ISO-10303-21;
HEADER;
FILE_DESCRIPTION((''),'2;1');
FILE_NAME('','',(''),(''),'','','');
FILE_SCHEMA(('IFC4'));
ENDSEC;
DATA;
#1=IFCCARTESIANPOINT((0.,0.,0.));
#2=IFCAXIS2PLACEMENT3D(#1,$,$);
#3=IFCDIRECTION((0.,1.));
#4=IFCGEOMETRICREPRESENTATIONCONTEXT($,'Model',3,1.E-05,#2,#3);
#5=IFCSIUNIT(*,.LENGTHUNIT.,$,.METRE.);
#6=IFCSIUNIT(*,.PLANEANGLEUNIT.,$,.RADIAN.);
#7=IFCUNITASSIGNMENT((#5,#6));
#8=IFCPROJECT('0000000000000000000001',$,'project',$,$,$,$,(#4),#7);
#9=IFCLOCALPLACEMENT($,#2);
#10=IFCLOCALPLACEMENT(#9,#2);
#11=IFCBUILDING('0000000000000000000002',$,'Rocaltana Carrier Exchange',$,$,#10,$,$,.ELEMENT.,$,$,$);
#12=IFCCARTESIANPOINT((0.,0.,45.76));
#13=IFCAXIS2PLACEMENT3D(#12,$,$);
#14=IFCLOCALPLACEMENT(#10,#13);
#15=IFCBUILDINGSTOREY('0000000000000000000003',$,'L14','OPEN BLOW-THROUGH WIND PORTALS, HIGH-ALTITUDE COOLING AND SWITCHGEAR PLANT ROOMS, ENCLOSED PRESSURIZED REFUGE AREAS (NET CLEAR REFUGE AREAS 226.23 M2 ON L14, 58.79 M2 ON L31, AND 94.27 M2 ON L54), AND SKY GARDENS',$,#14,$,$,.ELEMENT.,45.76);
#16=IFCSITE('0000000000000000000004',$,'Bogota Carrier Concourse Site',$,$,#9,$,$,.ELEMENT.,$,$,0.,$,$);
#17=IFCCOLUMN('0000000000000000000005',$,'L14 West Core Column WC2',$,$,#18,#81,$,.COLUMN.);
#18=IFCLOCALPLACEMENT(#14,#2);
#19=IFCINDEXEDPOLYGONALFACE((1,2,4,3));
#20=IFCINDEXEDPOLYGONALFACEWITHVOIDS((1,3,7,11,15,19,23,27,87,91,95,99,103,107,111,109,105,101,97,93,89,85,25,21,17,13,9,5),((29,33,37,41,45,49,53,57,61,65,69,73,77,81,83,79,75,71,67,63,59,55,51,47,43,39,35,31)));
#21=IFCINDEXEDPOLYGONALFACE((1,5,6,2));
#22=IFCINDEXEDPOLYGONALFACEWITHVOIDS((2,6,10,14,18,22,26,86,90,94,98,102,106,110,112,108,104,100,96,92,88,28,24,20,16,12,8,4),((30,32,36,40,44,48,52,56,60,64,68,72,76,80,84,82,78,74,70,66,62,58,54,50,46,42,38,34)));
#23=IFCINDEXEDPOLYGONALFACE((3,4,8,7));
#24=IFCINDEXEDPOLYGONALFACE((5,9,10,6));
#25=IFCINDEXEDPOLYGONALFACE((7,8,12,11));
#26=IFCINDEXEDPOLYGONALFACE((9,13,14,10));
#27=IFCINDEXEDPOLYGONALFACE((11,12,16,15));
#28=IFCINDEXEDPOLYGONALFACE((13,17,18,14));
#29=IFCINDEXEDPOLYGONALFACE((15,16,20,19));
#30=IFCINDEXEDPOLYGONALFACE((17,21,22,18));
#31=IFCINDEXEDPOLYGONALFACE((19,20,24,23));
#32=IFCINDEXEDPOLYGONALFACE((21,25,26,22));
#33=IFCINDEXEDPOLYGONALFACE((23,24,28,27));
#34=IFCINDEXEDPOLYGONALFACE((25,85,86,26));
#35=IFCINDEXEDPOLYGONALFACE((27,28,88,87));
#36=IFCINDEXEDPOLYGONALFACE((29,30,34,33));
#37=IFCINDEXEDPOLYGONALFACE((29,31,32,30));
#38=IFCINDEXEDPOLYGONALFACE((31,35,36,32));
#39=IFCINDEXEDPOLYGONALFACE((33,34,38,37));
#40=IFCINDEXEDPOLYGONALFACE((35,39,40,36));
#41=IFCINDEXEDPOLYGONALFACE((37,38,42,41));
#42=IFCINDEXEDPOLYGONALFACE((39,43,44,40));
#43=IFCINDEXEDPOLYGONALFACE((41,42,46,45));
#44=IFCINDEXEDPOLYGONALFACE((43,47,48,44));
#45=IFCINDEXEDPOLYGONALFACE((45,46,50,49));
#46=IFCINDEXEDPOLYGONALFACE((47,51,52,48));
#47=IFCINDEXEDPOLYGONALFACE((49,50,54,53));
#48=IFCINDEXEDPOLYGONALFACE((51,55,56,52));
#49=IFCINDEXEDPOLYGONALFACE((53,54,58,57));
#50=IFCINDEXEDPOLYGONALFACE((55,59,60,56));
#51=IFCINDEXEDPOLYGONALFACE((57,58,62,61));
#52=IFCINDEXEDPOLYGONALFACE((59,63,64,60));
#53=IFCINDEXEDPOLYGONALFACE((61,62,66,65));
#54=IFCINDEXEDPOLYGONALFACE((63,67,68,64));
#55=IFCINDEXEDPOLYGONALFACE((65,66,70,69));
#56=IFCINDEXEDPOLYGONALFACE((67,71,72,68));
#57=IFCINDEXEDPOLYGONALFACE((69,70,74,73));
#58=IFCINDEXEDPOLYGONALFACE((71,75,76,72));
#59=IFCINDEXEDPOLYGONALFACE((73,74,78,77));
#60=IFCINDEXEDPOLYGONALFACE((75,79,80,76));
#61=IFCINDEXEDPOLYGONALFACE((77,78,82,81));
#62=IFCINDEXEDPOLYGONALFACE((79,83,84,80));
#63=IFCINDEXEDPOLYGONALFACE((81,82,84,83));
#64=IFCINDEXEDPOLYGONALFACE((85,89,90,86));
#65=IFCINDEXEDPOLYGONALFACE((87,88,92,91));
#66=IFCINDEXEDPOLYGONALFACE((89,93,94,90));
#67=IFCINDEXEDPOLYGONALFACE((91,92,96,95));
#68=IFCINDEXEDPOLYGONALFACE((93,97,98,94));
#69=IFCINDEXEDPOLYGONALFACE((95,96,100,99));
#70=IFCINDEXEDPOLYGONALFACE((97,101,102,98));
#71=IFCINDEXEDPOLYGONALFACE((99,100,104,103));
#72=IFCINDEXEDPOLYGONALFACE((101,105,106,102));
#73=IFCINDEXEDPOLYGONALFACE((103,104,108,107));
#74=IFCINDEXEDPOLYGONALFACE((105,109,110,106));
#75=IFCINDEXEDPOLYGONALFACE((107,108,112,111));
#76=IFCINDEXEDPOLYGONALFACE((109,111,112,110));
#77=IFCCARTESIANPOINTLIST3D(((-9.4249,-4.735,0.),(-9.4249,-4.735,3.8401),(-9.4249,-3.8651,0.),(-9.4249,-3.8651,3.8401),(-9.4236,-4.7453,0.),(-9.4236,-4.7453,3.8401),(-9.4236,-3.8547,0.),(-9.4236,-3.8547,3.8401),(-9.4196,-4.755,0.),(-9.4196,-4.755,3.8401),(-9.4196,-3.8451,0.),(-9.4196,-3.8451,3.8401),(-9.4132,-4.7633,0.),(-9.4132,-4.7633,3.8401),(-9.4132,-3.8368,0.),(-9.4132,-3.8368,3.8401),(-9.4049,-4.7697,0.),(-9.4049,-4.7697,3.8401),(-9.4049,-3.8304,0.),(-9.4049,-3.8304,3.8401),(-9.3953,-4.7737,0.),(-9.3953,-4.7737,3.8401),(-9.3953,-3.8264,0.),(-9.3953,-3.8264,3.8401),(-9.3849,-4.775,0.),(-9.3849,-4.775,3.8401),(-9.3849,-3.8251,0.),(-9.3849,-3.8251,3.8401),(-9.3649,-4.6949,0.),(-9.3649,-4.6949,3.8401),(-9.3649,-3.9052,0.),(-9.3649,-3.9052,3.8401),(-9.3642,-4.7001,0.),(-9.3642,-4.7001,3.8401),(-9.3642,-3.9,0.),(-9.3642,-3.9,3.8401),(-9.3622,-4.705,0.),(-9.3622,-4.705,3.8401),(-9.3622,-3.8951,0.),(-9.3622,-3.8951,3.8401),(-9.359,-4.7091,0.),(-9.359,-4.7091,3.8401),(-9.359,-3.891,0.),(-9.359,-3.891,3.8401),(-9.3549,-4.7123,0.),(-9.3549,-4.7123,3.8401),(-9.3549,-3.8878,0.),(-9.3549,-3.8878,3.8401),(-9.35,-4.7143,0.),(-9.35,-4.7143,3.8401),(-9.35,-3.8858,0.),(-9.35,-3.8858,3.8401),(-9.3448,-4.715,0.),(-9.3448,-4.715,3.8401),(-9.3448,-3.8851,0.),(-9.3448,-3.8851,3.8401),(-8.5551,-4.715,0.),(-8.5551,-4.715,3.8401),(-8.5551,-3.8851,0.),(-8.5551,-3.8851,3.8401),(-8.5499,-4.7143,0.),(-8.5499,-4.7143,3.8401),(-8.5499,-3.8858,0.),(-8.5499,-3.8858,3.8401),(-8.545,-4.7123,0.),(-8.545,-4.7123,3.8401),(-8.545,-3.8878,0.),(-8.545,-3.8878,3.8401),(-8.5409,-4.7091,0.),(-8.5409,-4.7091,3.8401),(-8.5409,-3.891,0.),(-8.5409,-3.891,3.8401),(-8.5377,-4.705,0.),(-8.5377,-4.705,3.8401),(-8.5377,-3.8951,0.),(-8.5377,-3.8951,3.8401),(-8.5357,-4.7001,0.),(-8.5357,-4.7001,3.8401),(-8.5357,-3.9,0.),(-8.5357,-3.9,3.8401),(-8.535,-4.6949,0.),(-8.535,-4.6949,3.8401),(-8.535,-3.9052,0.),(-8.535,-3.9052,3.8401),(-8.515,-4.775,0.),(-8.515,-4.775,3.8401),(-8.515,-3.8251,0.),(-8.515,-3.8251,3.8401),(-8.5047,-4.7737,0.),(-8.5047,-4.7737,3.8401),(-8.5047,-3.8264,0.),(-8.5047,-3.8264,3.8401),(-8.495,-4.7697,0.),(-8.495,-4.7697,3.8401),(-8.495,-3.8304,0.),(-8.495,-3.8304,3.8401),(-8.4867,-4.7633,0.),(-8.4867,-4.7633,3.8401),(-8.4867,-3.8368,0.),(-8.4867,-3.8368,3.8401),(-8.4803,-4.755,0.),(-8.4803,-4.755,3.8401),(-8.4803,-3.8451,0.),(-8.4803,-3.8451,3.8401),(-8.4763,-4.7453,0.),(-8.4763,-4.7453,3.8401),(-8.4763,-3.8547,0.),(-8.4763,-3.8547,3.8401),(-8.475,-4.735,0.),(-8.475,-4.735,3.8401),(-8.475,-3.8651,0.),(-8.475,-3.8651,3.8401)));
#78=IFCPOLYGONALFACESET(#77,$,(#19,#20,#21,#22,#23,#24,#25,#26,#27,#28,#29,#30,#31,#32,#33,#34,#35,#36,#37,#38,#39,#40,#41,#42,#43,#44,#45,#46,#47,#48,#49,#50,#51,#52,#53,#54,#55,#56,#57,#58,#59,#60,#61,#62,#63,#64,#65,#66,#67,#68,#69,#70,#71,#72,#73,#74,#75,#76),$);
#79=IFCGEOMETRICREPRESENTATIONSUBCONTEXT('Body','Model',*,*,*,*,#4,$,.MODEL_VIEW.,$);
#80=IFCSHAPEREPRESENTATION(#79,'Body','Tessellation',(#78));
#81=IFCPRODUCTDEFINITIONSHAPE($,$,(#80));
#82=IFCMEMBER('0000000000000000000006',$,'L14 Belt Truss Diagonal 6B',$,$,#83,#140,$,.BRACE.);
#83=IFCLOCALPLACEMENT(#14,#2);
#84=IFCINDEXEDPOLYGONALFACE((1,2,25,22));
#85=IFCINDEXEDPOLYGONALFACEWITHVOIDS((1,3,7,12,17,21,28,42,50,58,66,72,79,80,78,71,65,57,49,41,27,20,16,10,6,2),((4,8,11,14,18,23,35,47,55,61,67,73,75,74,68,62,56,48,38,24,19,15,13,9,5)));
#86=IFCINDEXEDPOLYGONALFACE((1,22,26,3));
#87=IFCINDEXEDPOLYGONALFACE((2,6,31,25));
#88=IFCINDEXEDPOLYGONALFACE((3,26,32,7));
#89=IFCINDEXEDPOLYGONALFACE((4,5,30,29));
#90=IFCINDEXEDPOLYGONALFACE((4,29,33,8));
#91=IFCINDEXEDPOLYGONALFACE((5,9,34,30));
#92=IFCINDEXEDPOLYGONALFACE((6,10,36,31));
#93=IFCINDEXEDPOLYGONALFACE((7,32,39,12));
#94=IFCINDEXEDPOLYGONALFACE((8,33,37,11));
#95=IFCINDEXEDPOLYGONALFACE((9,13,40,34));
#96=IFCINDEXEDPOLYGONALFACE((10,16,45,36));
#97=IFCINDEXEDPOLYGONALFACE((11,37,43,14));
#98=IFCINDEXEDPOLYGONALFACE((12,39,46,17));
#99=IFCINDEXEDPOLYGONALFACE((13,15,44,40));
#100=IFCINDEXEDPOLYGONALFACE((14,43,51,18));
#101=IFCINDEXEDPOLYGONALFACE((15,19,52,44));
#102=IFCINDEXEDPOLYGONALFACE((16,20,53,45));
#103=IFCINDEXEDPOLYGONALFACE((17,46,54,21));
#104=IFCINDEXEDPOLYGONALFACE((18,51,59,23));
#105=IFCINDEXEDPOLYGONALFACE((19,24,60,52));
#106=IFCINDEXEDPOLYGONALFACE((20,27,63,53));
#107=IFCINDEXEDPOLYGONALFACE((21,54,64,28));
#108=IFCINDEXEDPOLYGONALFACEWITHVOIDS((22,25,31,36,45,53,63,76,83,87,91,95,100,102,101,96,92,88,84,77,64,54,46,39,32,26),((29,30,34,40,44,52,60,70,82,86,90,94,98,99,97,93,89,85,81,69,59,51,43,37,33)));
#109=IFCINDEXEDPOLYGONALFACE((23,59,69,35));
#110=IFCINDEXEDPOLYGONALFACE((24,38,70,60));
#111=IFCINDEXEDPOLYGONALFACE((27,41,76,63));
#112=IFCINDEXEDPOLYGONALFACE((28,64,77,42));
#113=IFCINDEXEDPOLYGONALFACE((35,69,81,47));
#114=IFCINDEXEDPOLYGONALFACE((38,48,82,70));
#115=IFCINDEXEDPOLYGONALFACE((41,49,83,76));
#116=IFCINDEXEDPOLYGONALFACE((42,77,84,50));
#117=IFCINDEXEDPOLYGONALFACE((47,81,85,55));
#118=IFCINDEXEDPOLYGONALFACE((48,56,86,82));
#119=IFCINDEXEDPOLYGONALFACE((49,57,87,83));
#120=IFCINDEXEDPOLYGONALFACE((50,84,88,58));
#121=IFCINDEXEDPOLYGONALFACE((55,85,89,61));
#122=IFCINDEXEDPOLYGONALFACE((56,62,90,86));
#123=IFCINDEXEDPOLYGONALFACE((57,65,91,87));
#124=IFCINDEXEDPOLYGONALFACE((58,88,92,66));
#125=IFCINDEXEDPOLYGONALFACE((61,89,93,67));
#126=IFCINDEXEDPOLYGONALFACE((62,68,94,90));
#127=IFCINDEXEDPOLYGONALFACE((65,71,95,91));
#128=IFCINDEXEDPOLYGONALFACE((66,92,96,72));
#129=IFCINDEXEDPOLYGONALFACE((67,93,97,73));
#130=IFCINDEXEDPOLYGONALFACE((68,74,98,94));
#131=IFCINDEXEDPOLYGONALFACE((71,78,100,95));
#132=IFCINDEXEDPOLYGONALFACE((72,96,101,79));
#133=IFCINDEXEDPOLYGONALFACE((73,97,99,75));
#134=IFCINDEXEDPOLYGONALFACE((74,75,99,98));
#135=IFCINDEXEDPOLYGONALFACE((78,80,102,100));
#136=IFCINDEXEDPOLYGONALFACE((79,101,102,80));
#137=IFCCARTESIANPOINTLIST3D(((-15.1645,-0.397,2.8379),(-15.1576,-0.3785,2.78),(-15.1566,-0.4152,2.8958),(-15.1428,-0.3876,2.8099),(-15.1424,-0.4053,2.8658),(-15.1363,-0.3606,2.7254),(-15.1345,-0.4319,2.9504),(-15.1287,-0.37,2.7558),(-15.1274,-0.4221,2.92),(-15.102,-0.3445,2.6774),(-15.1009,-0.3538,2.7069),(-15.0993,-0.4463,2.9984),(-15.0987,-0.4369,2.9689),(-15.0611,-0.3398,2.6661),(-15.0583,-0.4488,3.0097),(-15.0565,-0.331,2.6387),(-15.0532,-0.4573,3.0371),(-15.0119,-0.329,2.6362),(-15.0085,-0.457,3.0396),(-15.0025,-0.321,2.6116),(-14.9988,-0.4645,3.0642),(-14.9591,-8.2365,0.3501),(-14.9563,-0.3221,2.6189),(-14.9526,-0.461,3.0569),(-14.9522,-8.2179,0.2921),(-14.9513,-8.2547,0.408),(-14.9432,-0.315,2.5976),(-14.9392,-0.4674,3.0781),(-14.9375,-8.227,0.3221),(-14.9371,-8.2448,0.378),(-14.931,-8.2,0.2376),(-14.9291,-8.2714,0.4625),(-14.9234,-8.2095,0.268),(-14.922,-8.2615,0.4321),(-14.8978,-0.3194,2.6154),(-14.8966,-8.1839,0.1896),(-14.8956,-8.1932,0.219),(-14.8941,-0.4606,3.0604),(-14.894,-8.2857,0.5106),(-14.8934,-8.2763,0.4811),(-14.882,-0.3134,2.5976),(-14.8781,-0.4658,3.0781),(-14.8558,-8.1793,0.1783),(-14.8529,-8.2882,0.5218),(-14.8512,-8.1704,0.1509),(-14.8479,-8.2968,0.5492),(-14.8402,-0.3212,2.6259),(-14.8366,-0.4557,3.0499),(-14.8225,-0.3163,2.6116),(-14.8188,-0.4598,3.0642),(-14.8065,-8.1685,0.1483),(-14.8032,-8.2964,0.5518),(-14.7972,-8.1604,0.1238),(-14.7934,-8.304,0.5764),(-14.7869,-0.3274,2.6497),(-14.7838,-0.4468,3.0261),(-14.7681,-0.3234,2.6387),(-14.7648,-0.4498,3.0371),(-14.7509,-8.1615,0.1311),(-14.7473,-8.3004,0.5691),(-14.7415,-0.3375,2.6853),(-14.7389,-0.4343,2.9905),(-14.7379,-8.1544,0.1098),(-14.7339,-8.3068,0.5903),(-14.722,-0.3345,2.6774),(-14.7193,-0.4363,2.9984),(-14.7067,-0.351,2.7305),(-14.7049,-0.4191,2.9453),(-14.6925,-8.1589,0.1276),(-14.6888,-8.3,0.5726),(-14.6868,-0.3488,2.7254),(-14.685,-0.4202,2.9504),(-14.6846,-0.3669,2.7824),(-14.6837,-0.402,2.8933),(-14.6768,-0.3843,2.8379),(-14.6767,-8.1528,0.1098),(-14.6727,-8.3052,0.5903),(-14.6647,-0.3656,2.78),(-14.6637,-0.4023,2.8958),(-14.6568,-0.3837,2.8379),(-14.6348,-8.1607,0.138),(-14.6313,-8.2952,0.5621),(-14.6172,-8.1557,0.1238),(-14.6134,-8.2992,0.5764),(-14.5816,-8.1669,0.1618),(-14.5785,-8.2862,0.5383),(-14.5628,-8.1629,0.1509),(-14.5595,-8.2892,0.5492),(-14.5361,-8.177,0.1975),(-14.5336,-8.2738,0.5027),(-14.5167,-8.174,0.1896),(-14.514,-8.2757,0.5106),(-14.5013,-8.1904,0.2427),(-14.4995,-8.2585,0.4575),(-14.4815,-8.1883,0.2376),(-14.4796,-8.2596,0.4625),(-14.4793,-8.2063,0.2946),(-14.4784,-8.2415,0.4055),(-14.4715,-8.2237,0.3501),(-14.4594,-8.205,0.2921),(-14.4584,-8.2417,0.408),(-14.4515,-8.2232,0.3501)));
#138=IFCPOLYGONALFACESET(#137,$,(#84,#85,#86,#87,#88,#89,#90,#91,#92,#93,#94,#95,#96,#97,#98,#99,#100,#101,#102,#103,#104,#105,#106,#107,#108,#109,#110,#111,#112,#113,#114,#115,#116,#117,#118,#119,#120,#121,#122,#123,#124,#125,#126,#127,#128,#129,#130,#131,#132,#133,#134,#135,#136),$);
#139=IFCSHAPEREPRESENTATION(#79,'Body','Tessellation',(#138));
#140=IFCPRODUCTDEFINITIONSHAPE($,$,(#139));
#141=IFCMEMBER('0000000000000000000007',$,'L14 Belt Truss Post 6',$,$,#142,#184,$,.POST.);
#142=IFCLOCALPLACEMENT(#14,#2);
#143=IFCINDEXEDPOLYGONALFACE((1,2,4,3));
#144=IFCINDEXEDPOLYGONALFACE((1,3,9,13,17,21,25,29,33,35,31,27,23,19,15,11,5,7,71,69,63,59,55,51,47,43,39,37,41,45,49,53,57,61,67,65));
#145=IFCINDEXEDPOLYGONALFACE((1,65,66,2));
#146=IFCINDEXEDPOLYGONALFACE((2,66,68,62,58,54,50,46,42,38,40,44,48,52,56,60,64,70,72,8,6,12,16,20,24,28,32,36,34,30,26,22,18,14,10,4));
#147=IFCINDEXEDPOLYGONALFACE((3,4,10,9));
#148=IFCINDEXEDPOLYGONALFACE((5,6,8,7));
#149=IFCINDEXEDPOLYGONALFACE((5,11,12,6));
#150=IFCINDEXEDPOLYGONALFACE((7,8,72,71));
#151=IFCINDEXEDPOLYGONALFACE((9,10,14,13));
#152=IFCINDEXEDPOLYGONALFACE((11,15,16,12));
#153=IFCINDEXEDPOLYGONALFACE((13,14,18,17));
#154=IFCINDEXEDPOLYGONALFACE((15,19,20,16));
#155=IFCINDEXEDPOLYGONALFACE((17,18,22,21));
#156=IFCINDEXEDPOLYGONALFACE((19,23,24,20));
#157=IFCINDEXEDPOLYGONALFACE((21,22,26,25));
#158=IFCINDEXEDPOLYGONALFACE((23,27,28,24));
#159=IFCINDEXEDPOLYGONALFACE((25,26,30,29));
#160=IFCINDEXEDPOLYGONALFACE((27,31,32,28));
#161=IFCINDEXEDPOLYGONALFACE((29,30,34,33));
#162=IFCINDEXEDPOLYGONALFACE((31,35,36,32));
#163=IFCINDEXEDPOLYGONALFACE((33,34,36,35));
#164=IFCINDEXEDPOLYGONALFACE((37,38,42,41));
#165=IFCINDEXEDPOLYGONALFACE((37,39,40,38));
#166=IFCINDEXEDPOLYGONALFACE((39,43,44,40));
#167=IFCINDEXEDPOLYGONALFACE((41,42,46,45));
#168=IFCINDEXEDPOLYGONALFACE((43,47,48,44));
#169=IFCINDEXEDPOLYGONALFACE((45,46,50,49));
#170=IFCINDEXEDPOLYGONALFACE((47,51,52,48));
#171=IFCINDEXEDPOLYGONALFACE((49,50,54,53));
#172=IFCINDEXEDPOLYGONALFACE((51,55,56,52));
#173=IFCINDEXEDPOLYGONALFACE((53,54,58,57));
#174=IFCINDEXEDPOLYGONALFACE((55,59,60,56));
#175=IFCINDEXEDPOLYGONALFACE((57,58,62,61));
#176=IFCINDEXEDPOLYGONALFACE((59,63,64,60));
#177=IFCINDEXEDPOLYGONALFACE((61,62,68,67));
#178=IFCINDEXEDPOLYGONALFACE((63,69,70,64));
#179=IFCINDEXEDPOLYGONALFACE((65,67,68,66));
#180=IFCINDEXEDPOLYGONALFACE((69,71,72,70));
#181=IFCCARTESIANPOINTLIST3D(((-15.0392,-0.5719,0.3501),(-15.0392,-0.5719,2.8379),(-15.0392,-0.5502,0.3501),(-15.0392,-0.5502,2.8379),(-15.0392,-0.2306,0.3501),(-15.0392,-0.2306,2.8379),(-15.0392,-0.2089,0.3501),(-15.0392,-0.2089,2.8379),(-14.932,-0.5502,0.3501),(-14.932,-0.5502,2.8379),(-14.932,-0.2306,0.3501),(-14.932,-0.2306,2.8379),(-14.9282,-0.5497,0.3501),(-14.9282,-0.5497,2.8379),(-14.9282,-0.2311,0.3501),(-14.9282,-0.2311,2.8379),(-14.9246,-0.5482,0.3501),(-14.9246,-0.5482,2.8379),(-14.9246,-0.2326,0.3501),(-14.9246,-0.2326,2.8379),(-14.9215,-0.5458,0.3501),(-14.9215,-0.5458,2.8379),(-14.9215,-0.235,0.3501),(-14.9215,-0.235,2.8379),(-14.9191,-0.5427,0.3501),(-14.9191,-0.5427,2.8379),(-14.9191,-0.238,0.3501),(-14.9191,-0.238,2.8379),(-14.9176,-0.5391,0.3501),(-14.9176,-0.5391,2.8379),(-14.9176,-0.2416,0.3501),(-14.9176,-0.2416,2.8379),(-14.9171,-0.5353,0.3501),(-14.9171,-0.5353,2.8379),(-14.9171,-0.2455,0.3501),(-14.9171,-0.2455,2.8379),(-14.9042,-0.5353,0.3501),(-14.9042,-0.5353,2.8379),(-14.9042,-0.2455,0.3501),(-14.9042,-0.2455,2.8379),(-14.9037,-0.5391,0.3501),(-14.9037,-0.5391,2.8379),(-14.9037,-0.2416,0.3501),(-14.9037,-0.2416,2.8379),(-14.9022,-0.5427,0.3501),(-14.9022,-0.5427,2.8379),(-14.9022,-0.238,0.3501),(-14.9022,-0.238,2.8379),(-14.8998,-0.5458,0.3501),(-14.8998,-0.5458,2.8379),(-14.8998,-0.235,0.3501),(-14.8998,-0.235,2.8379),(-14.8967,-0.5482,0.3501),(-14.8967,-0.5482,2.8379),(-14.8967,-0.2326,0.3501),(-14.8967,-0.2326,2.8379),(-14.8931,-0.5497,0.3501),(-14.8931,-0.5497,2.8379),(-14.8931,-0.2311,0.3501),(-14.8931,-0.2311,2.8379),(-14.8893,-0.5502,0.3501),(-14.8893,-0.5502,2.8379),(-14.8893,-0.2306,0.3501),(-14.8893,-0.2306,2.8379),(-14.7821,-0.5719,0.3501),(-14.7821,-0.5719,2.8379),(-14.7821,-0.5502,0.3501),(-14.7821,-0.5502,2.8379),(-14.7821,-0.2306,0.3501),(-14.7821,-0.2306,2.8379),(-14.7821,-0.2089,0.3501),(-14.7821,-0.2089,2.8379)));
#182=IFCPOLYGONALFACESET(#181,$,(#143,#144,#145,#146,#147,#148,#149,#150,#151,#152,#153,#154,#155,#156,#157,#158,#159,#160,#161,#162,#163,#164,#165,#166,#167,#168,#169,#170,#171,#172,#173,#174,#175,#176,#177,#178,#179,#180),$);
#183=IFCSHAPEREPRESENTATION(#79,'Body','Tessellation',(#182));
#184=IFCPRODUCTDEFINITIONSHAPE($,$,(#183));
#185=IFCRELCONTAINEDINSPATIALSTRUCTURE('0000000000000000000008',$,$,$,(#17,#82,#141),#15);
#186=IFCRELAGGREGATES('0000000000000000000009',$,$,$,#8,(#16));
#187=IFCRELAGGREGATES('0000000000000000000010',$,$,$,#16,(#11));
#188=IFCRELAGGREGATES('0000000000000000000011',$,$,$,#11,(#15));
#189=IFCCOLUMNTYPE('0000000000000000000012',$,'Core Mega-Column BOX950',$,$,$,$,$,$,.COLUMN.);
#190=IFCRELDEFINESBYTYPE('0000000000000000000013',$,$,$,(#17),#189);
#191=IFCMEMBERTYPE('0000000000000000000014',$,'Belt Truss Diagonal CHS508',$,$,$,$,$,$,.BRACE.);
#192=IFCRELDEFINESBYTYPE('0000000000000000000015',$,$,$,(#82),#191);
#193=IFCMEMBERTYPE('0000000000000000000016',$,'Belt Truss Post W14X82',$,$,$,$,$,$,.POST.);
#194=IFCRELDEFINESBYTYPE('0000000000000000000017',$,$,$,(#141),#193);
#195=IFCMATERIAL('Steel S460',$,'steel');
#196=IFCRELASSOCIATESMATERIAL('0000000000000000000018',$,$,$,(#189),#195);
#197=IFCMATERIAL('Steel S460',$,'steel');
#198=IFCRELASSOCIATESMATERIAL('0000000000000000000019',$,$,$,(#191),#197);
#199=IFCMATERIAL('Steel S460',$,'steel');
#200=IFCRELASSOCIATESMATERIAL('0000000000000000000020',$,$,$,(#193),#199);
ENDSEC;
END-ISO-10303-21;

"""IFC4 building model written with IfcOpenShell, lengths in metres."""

from ifc_helpers import new_model, si_unit, direction, frame, origin, origin_2d, place, context, subcontext, project, spatial, hollow_rectangle, hollow_circle, i_section, extrude, material, material_profile, profile_set, type_object, element, save


model = new_model("IFC4")

# Units and contexts
model_context = context("Model", 3, precision=1e-05, world=origin(), true_north=direction((0.0, 1.0)))
body_context = subcontext(model_context, "Body", "Model", "MODEL_VIEW")
ifc_project = project(units=[si_unit("LENGTHUNIT", "METRE"), si_unit("PLANEANGLEUNIT", "RADIAN")], contexts=[model_context])

# Site, building, storey
site_placement = place(None, origin())
site = spatial("IfcSite", under=ifc_project, at=site_placement, Name="Bogota Carrier Concourse Site", CompositionType="ELEMENT", RefElevation=0.0)
building_placement = place(site_placement, origin())
building = spatial("IfcBuilding", under=site, at=building_placement, Name="Rocaltana Carrier Exchange", CompositionType="ELEMENT")
storey_placement = place(building_placement, frame((0.0, 0.0, 45.76)))
storey = spatial("IfcBuildingStorey", under=building, at=storey_placement, Name="L14", Description="OPEN BLOW-THROUGH WIND PORTALS, HIGH-ALTITUDE COOLING AND SWITCHGEAR PLANT ROOMS, ENCLOSED PRESSURIZED REFUGE AREAS (NET CLEAR REFUGE AREAS 226.23 M2 ON L14, 58.79 M2 ON L31, AND 94.27 M2 ON L54), AND SKY GARDENS", CompositionType="ELEMENT", Elevation=45.76)

# Column
ifc_material_1 = material(Name="Steel S460", Category="steel")
ifc_material_profile_1 = material_profile(ifc_material_1, hollow_rectangle(XDim=0.95, YDim=0.95, WallThickness=0.0601, InnerFilletRadius=0.02, OuterFilletRadius=0.04, at=origin_2d()), Name="BOX950X950X60")
ifc_profile_set_1 = profile_set([ifc_material_profile_1], Name="Steel S460")
column_type = type_object("IfcColumnType", Name="Core Mega-Column BOX950", PredefinedType="COLUMN", material=ifc_profile_set_1)
column_placement = place(storey_placement, frame((-8.95, -4.3, 0.0), z_axis=(0.0, 0.0, 1.0), x_axis=(1.0, 0.0, 0.0)))
element("IfcColumn", 1, at=column_placement, inside=storey, type_object=column_type, Name="L14 West Core Column WC2", PredefinedType="COLUMN", context=body_context, shape_type="SweptSolid", body=[
    extrude(hollow_rectangle(XDim=0.95, YDim=0.95, WallThickness=0.0601, InnerFilletRadius=0.02, OuterFilletRadius=0.04, at=origin_2d()), origin(), (0.0, 0.0, 1.0), 3.8401),
])

# Members
ifc_material_2 = material(Name="Steel S460", Category="steel")
ifc_material_profile_2 = material_profile(ifc_material_2, hollow_circle(Radius=0.2539, WallThickness=0.02, at=origin_2d()), Name="CHS508X20")
ifc_profile_set_2 = profile_set([ifc_material_profile_2], Name="Steel S460")
member_type_1 = type_object("IfcMemberType", Name="Belt Truss Diagonal CHS508", PredefinedType="BRACE", material=ifc_profile_set_2)
member_1_placement = place(storey_placement, frame((-14.9106, -0.3904, 2.8379), z_axis=(0.024957, -0.952859, -0.302386), x_axis=(0.999657, 0.026182, 0.0)))
element("IfcMember", 2, at=member_1_placement, inside=storey, type_object=member_type_1, Name="L14 Belt Truss Diagonal 6B", PredefinedType="BRACE", context=body_context, shape_type="SweptSolid", body=[
    extrude(hollow_circle(Radius=0.2539, WallThickness=0.02, at=origin_2d()), origin(), (0.0, 0.0, 1.0), 8.2273),
])
ifc_material_3 = material(Name="Steel S460", Category="steel")
ifc_material_profile_3 = material_profile(ifc_material_3, i_section(OverallWidth=0.2571, OverallDepth=0.363, WebThickness=0.0129, FlangeThickness=0.0217, FilletRadius=0.0149, at=origin_2d()), Name="W14X82")
ifc_profile_set_3 = profile_set([ifc_material_profile_3], Name="Steel S460")
member_type_2 = type_object("IfcMemberType", Name="Belt Truss Post W14X82", PredefinedType="POST", material=ifc_profile_set_3)
member_2_placement = place(storey_placement, frame((-14.9106, -0.3904, 0.3501), z_axis=(0.0, 0.0, 1.0), x_axis=(1.0, 0.0, 0.0)))
element("IfcMember", 3, at=member_2_placement, inside=storey, type_object=member_type_2, Name="L14 Belt Truss Post 6", PredefinedType="POST", context=body_context, shape_type="SweptSolid", body=[
    extrude(i_section(OverallWidth=0.2571, OverallDepth=0.363, WebThickness=0.0129, FlangeThickness=0.0217, FilletRadius=0.0149, at=origin_2d()), origin(), (0.0, 0.0, 1.0), 2.4878),
])

save(model, "model.ifc")
